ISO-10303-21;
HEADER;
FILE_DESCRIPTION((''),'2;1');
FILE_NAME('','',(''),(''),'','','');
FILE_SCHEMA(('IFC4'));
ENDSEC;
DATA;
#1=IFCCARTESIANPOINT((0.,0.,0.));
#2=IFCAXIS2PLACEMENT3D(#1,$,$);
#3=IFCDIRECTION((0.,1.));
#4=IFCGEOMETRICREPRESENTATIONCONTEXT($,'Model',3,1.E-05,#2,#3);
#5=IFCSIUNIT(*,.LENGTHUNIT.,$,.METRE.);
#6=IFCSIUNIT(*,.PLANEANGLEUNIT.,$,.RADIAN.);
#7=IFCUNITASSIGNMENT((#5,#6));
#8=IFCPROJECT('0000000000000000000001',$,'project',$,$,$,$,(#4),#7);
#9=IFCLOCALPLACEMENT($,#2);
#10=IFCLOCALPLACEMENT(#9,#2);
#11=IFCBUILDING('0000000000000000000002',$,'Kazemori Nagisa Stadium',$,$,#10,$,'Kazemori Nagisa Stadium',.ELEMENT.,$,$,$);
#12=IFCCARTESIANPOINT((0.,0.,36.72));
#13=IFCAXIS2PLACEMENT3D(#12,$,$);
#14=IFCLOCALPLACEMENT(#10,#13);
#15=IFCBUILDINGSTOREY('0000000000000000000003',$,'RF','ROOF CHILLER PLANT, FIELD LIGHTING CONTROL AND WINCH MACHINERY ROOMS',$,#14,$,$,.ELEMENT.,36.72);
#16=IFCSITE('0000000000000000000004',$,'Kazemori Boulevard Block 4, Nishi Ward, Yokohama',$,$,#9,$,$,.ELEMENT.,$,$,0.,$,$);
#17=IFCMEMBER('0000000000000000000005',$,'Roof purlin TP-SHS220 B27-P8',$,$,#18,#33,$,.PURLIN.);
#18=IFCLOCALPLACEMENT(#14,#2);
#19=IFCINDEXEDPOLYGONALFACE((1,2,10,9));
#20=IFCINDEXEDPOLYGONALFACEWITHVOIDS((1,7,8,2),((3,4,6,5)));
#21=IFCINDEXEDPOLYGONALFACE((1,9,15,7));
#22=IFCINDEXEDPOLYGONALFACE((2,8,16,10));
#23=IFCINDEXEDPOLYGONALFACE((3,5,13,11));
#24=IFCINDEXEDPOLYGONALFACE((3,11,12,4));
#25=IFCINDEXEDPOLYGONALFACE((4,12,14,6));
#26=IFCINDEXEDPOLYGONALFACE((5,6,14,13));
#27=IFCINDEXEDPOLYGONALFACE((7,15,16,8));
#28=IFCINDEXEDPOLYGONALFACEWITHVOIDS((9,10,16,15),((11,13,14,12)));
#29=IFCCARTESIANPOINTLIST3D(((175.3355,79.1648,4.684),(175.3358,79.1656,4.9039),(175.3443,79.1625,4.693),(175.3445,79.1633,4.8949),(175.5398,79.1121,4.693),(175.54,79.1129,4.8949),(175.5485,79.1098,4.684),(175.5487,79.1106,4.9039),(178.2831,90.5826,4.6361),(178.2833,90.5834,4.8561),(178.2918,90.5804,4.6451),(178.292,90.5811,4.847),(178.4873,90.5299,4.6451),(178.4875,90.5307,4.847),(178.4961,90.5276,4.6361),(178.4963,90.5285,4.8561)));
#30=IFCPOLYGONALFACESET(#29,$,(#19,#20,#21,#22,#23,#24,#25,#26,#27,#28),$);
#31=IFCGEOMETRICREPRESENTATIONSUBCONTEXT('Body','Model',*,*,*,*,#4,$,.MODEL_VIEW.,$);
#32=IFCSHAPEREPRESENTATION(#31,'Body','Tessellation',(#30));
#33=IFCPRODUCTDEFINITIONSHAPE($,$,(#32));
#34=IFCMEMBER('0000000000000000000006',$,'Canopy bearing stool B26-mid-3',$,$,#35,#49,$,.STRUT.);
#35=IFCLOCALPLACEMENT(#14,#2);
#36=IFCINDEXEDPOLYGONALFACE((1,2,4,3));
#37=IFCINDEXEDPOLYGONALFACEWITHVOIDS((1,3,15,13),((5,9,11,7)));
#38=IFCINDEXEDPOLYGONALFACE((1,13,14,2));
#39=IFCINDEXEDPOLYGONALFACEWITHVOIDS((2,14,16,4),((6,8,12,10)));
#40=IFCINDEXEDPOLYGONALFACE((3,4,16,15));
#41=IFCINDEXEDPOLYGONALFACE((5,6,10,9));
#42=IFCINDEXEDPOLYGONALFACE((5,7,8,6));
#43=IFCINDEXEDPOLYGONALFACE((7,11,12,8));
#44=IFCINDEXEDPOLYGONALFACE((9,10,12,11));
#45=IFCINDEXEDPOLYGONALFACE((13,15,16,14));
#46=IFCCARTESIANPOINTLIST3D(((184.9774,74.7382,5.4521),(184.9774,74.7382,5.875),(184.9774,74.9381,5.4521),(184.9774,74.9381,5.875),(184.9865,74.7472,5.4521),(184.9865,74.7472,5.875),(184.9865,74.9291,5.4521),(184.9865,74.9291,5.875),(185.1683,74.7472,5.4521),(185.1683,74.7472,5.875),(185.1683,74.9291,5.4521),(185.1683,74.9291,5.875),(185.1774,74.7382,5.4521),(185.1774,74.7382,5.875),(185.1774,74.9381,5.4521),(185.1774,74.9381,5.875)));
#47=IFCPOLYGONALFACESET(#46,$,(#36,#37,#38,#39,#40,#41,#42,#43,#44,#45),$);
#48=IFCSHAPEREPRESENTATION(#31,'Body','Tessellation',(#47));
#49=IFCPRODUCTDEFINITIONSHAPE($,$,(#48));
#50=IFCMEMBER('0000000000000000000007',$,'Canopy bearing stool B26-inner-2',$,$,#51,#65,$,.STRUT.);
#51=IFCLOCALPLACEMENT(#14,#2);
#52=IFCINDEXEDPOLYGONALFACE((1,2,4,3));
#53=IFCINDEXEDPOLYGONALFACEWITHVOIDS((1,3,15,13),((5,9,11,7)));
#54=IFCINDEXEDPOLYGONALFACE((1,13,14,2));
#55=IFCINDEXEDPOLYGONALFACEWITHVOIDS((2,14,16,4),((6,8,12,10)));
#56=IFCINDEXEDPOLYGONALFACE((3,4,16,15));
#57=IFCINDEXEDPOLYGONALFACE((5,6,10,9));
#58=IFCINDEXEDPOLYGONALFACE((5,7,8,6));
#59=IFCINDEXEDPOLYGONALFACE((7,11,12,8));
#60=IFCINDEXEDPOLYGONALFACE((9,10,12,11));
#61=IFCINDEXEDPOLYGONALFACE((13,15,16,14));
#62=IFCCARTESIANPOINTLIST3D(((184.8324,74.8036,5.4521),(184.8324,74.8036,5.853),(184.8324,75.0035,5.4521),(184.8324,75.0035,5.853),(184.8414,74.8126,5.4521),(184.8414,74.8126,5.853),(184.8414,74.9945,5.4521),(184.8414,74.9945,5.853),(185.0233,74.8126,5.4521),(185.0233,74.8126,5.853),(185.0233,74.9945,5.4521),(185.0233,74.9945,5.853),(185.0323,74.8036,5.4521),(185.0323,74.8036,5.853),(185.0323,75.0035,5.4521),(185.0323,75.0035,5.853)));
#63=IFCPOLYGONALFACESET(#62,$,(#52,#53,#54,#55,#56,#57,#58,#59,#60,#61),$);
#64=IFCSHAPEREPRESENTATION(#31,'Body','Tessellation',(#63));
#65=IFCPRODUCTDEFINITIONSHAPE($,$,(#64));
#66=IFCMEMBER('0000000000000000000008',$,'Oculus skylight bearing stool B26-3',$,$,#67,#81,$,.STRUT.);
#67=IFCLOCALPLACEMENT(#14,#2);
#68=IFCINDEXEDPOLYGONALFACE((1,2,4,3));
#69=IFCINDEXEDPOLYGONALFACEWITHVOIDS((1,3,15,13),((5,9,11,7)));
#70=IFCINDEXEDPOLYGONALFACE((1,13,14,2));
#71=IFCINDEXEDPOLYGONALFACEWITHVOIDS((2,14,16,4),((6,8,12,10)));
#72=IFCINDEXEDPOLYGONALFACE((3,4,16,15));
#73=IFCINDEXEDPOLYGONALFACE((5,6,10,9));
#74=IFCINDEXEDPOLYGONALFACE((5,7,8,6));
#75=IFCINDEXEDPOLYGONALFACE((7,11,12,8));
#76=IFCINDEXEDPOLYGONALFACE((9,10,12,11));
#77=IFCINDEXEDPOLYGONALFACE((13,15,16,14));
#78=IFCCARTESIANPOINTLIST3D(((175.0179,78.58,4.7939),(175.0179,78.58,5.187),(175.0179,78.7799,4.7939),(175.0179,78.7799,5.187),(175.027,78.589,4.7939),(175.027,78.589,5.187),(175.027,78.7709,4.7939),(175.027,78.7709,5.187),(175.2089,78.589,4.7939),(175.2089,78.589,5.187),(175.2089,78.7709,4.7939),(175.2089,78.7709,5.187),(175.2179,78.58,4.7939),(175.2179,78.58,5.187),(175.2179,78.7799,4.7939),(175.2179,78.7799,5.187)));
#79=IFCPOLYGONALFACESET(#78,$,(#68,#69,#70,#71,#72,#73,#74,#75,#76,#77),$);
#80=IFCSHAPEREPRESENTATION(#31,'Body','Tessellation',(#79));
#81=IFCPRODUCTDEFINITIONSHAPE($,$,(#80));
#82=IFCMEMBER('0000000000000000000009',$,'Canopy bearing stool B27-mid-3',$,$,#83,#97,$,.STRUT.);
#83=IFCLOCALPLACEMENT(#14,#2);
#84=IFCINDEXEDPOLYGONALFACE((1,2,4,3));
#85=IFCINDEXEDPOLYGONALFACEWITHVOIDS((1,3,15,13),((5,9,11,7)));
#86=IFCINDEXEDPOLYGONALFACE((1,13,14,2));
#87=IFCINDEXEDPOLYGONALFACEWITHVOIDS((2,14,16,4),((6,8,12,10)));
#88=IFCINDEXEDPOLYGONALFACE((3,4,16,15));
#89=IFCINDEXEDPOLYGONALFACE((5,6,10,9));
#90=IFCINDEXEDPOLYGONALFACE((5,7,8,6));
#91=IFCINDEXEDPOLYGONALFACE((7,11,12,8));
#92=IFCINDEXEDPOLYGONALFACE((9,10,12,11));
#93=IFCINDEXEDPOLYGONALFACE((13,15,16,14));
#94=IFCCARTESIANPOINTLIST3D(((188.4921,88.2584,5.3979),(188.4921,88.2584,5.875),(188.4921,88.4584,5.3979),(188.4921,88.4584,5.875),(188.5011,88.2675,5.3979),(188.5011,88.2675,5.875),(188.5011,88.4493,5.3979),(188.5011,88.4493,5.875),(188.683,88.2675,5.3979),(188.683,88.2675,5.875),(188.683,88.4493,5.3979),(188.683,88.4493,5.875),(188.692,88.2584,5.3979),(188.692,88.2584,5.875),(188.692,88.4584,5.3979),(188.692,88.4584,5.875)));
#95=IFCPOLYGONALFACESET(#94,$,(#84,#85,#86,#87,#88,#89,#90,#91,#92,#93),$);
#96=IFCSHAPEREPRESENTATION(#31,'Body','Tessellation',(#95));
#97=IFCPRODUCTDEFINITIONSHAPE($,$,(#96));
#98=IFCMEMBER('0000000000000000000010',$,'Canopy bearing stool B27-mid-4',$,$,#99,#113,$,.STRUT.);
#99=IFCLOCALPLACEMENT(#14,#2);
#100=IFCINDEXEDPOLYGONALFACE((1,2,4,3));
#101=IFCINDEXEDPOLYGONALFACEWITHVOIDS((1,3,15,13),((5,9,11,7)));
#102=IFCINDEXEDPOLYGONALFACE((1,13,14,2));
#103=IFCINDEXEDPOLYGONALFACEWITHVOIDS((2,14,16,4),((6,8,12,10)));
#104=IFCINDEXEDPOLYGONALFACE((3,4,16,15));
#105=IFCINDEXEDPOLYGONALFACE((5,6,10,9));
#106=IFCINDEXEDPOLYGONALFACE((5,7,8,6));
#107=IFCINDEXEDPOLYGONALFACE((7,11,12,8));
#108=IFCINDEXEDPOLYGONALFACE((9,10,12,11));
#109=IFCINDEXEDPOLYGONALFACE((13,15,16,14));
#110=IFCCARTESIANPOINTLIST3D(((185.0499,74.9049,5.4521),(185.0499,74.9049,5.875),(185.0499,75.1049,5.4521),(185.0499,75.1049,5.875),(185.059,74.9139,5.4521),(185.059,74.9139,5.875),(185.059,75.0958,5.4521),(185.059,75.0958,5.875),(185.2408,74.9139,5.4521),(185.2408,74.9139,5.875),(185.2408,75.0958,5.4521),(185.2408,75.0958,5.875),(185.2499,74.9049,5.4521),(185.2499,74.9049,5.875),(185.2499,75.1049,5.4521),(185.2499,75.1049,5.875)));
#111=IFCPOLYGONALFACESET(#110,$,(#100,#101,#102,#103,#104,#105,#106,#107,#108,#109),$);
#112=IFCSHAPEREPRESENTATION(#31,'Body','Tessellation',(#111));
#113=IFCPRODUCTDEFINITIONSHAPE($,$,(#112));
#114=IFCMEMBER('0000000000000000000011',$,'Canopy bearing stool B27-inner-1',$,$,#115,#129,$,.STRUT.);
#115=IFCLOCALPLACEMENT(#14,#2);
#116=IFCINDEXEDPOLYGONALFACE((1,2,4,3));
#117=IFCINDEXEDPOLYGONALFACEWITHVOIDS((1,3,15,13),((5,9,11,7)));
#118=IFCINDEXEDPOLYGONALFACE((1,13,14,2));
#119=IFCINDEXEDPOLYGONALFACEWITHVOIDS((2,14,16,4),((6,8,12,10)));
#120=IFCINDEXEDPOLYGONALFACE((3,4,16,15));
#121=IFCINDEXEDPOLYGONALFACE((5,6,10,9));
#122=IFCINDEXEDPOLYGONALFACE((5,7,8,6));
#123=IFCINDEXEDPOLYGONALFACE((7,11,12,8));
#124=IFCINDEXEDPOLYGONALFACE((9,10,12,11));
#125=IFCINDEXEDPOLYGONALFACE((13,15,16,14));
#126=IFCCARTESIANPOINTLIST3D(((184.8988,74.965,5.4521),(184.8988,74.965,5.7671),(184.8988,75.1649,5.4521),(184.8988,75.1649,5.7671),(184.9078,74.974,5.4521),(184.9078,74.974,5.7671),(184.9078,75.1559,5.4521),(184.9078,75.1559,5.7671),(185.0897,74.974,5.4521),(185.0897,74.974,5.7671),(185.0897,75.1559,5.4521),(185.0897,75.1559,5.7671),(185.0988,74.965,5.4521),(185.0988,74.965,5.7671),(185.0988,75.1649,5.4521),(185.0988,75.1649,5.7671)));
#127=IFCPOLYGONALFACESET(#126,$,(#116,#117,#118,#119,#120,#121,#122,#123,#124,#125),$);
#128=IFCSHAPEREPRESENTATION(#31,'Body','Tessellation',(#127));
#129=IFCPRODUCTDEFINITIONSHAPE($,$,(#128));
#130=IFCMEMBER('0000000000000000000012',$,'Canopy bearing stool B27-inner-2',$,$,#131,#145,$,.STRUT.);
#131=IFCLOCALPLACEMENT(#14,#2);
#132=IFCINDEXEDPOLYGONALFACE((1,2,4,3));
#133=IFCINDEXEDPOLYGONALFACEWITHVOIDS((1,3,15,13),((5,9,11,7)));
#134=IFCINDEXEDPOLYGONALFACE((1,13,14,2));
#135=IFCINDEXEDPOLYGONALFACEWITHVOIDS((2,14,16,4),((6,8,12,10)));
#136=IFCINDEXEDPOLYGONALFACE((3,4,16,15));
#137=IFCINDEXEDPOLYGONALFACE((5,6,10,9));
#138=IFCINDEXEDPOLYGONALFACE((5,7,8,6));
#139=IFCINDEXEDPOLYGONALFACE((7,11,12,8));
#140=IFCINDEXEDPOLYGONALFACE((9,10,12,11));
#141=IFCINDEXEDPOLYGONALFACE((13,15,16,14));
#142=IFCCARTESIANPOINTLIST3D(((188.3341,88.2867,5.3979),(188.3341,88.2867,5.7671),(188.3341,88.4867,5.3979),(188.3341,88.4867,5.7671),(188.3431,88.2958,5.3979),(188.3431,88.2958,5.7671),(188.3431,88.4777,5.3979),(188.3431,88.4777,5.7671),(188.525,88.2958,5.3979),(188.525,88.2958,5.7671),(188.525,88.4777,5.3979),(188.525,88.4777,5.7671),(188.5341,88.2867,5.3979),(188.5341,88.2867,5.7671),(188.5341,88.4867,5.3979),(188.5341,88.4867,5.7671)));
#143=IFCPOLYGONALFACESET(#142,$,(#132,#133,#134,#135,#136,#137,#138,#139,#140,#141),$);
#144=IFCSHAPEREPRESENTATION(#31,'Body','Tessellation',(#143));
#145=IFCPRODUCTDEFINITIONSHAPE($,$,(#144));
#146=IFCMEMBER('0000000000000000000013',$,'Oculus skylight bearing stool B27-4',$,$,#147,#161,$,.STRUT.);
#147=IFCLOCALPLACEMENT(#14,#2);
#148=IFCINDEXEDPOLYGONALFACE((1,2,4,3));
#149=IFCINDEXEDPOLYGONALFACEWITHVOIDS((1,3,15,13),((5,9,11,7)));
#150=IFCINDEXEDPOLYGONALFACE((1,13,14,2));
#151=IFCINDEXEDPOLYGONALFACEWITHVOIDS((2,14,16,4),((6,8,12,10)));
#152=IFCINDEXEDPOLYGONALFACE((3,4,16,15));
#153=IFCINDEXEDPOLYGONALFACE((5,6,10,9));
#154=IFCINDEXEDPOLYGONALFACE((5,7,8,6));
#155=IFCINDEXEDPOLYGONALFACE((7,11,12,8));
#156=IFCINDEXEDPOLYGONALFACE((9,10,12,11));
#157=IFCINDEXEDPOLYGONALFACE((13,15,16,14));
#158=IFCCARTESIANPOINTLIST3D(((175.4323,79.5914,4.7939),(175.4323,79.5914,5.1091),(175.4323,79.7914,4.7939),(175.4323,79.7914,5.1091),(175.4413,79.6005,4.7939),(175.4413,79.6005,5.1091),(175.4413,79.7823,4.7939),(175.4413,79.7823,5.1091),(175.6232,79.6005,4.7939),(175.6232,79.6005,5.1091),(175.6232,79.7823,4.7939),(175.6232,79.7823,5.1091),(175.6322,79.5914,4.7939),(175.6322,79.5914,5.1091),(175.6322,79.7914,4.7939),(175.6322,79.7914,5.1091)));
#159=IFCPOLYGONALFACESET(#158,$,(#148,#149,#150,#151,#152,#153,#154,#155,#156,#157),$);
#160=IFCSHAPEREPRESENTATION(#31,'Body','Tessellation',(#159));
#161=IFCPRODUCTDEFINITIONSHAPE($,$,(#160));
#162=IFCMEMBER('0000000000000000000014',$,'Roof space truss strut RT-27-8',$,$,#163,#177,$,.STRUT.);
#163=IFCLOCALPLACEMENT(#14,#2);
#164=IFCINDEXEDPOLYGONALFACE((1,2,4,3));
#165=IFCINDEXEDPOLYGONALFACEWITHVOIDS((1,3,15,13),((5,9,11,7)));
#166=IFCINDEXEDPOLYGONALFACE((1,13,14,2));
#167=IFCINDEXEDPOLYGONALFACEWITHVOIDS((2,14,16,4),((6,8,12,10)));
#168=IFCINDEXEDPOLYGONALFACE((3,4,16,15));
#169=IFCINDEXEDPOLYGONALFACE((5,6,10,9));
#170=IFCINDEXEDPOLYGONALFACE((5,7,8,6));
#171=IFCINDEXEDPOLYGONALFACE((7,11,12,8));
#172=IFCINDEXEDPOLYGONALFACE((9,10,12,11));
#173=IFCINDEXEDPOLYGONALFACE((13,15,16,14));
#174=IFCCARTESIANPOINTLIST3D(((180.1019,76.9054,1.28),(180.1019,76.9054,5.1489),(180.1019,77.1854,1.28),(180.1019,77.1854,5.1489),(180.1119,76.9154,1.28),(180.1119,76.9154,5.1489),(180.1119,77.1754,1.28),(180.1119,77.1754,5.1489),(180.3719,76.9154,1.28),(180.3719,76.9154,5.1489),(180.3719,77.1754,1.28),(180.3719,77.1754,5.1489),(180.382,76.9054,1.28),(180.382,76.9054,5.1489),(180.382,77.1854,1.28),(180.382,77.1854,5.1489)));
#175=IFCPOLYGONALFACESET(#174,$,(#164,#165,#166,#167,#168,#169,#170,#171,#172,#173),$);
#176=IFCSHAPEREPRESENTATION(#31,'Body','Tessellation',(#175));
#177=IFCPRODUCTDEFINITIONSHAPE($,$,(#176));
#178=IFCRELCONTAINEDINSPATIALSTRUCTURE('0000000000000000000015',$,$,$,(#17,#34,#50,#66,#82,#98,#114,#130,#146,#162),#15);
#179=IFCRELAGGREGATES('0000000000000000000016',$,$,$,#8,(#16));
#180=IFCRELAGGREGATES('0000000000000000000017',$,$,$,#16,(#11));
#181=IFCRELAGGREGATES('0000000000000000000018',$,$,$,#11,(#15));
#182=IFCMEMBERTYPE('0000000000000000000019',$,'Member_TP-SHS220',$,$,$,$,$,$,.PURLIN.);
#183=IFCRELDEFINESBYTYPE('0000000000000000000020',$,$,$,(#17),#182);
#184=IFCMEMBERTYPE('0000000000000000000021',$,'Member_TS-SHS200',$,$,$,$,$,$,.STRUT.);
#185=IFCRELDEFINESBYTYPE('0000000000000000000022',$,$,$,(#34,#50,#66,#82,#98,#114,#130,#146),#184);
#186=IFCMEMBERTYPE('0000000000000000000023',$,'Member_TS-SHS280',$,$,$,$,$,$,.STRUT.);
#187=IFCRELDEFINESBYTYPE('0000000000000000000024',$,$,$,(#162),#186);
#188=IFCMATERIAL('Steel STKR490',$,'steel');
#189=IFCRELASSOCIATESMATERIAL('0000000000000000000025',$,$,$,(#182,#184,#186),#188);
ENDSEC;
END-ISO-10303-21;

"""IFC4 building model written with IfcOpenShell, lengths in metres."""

from ifc_helpers import new_model, si_unit, direction, frame, origin, origin_2d, place, context, subcontext, project, spatial, hollow_rectangle, extrude, material, material_profile, profile_set, type_object, element, save


model = new_model("IFC4")

# Units and contexts
model_context = context("Model", 3, precision=1e-05, world=origin(), true_north=direction((0.0, 1.0)))
body_context = subcontext(model_context, "Body", "Model", "MODEL_VIEW")
ifc_project = project(units=[si_unit("LENGTHUNIT", "METRE"), si_unit("PLANEANGLEUNIT", "RADIAN")], contexts=[model_context])

# Site, building, storey
site_placement = place(None, origin())
site = spatial("IfcSite", under=ifc_project, at=site_placement, Name="Kazemori Boulevard Block 4, Nishi Ward, Yokohama", CompositionType="ELEMENT", RefElevation=0.0)
building_placement = place(site_placement, origin())
building = spatial("IfcBuilding", under=site, at=building_placement, Name="Kazemori Nagisa Stadium", LongName="Kazemori Nagisa Stadium", CompositionType="ELEMENT")
storey_placement = place(building_placement, frame((0.0, 0.0, 36.72)))
storey = spatial("IfcBuildingStorey", under=building, at=storey_placement, Name="RF", Description="ROOF CHILLER PLANT, FIELD LIGHTING CONTROL AND WINCH MACHINERY ROOMS", CompositionType="ELEMENT", Elevation=36.72)

# Members
ifc_material_1 = material(Name="Steel STKR490", Category="steel")
ifc_material_profile_1 = material_profile(ifc_material_1, hollow_rectangle(XDim=0.22, YDim=0.22, WallThickness=0.009, at=origin_2d()), Name="SHS-220x220x9")
ifc_profile_set_1 = profile_set([ifc_material_profile_1], Name="Steel STKR490")
member_type_1 = type_object("IfcMemberType", Name="Member_TP-SHS220", PredefinedType="PURLIN", material=ifc_profile_set_1)
member_1_placement = place(storey_placement, frame((175.4421, 79.1377, 4.7939), z_axis=(0.249955, 0.968249, -0.004058), x_axis=(-0.968257, 0.249958, 0.0)))
element("IfcMember", 1, at=member_1_placement, inside=storey, type_object=member_type_1, Name="Roof purlin TP-SHS220 B27-P8", PredefinedType="PURLIN", context=body_context, shape_type="SweptSolid", body=[
    extrude(hollow_rectangle(XDim=0.22, YDim=0.22, WallThickness=0.009, at=origin_2d()), origin(), (0.0, 0.0, 1.0), 11.7922),
])
ifc_material_profile_2 = material_profile(ifc_material_1, hollow_rectangle(XDim=0.2, YDim=0.2, WallThickness=0.009, at=origin_2d()), Name="SHS-200x200x9")
ifc_profile_set_2 = profile_set([ifc_material_profile_2], Name="Steel STKR490")
member_type_2 = type_object("IfcMemberType", Name="Member_TS-SHS200", PredefinedType="STRUT", material=ifc_profile_set_2)
member_2_placement = place(storey_placement, frame((185.0774, 74.8381, 5.4521), z_axis=(0.0, 0.0, 1.0), x_axis=(1.0, 0.0, 0.0)))
element("IfcMember", 2, at=member_2_placement, inside=storey, type_object=member_type_2, Name="Canopy bearing stool B26-mid-3", PredefinedType="STRUT", context=body_context, shape_type="SweptSolid", body=[
    extrude(hollow_rectangle(XDim=0.2, YDim=0.2, WallThickness=0.009, at=origin_2d()), origin(), (0.0, 0.0, 1.0), 0.4229),
])
member_3_placement = place(storey_placement, frame((184.9324, 74.9036, 5.4521), z_axis=(0.0, 0.0, 1.0), x_axis=(1.0, 0.0, 0.0)))
element("IfcMember", 3, at=member_3_placement, inside=storey, type_object=member_type_2, Name="Canopy bearing stool B26-inner-2", PredefinedType="STRUT", context=body_context, shape_type="SweptSolid", body=[
    extrude(hollow_rectangle(XDim=0.2, YDim=0.2, WallThickness=0.009, at=origin_2d()), origin(), (0.0, 0.0, 1.0), 0.4009),
])
member_4_placement = place(storey_placement, frame((175.1179, 78.6799, 4.7939), z_axis=(0.0, 0.0, 1.0), x_axis=(1.0, 0.0, 0.0)))
element("IfcMember", 4, at=member_4_placement, inside=storey, type_object=member_type_2, Name="Oculus skylight bearing stool B26-3", PredefinedType="STRUT", context=body_context, shape_type="SweptSolid", body=[
    extrude(hollow_rectangle(XDim=0.2, YDim=0.2, WallThickness=0.009, at=origin_2d()), origin(), (0.0, 0.0, 1.0), 0.3931),
])
member_5_placement = place(storey_placement, frame((188.592, 88.3584, 5.3979), z_axis=(0.0, 0.0, 1.0), x_axis=(1.0, 0.0, 0.0)))
element("IfcMember", 5, at=member_5_placement, inside=storey, type_object=member_type_2, Name="Canopy bearing stool B27-mid-3", PredefinedType="STRUT", context=body_context, shape_type="SweptSolid", body=[
    extrude(hollow_rectangle(XDim=0.2, YDim=0.2, WallThickness=0.009, at=origin_2d()), origin(), (0.0, 0.0, 1.0), 0.4771),
])
member_6_placement = place(storey_placement, frame((185.1499, 75.0049, 5.4521), z_axis=(0.0, 0.0, 1.0), x_axis=(1.0, 0.0, 0.0)))
element("IfcMember", 6, at=member_6_placement, inside=storey, type_object=member_type_2, Name="Canopy bearing stool B27-mid-4", PredefinedType="STRUT", context=body_context, shape_type="SweptSolid", body=[
    extrude(hollow_rectangle(XDim=0.2, YDim=0.2, WallThickness=0.009, at=origin_2d()), origin(), (0.0, 0.0, 1.0), 0.4229),
])
member_7_placement = place(storey_placement, frame((184.9988, 75.0649, 5.4521), z_axis=(0.0, 0.0, 1.0), x_axis=(1.0, 0.0, 0.0)))
element("IfcMember", 7, at=member_7_placement, inside=storey, type_object=member_type_2, Name="Canopy bearing stool B27-inner-1", PredefinedType="STRUT", context=body_context, shape_type="SweptSolid", body=[
    extrude(hollow_rectangle(XDim=0.2, YDim=0.2, WallThickness=0.009, at=origin_2d()), origin(), (0.0, 0.0, 1.0), 0.3149),
])
member_8_placement = place(storey_placement, frame((188.4341, 88.3867, 5.3979), z_axis=(0.0, 0.0, 1.0), x_axis=(1.0, 0.0, 0.0)))
element("IfcMember", 8, at=member_8_placement, inside=storey, type_object=member_type_2, Name="Canopy bearing stool B27-inner-2", PredefinedType="STRUT", context=body_context, shape_type="SweptSolid", body=[
    extrude(hollow_rectangle(XDim=0.2, YDim=0.2, WallThickness=0.009, at=origin_2d()), origin(), (0.0, 0.0, 1.0), 0.3691),
])
member_9_placement = place(storey_placement, frame((175.5322, 79.6914, 4.7939), z_axis=(0.0, 0.0, 1.0), x_axis=(1.0, 0.0, 0.0)))
element("IfcMember", 9, at=member_9_placement, inside=storey, type_object=member_type_2, Name="Oculus skylight bearing stool B27-4", PredefinedType="STRUT", context=body_context, shape_type="SweptSolid", body=[
    extrude(hollow_rectangle(XDim=0.2, YDim=0.2, WallThickness=0.009, at=origin_2d()), origin(), (0.0, 0.0, 1.0), 0.3152),
])
ifc_material_profile_3 = material_profile(ifc_material_1, hollow_rectangle(XDim=0.28, YDim=0.28, WallThickness=0.01, at=origin_2d()), Name="SHS-280x280x10")
ifc_profile_set_3 = profile_set([ifc_material_profile_3], Name="Steel STKR490")
member_type_3 = type_object("IfcMemberType", Name="Member_TS-SHS280", PredefinedType="STRUT", material=ifc_profile_set_3)
member_10_placement = place(storey_placement, frame((180.2419, 77.0454, 1.28), z_axis=(0.0, 0.0, 1.0), x_axis=(1.0, 0.0, 0.0)))
element("IfcMember", 10, at=member_10_placement, inside=storey, type_object=member_type_3, Name="Roof space truss strut RT-27-8", PredefinedType="STRUT", context=body_context, shape_type="SweptSolid", body=[
    extrude(hollow_rectangle(XDim=0.28, YDim=0.28, WallThickness=0.01, at=origin_2d()), origin(), (0.0, 0.0, 1.0), 3.8689),
])

save(model, "model.ifc")
